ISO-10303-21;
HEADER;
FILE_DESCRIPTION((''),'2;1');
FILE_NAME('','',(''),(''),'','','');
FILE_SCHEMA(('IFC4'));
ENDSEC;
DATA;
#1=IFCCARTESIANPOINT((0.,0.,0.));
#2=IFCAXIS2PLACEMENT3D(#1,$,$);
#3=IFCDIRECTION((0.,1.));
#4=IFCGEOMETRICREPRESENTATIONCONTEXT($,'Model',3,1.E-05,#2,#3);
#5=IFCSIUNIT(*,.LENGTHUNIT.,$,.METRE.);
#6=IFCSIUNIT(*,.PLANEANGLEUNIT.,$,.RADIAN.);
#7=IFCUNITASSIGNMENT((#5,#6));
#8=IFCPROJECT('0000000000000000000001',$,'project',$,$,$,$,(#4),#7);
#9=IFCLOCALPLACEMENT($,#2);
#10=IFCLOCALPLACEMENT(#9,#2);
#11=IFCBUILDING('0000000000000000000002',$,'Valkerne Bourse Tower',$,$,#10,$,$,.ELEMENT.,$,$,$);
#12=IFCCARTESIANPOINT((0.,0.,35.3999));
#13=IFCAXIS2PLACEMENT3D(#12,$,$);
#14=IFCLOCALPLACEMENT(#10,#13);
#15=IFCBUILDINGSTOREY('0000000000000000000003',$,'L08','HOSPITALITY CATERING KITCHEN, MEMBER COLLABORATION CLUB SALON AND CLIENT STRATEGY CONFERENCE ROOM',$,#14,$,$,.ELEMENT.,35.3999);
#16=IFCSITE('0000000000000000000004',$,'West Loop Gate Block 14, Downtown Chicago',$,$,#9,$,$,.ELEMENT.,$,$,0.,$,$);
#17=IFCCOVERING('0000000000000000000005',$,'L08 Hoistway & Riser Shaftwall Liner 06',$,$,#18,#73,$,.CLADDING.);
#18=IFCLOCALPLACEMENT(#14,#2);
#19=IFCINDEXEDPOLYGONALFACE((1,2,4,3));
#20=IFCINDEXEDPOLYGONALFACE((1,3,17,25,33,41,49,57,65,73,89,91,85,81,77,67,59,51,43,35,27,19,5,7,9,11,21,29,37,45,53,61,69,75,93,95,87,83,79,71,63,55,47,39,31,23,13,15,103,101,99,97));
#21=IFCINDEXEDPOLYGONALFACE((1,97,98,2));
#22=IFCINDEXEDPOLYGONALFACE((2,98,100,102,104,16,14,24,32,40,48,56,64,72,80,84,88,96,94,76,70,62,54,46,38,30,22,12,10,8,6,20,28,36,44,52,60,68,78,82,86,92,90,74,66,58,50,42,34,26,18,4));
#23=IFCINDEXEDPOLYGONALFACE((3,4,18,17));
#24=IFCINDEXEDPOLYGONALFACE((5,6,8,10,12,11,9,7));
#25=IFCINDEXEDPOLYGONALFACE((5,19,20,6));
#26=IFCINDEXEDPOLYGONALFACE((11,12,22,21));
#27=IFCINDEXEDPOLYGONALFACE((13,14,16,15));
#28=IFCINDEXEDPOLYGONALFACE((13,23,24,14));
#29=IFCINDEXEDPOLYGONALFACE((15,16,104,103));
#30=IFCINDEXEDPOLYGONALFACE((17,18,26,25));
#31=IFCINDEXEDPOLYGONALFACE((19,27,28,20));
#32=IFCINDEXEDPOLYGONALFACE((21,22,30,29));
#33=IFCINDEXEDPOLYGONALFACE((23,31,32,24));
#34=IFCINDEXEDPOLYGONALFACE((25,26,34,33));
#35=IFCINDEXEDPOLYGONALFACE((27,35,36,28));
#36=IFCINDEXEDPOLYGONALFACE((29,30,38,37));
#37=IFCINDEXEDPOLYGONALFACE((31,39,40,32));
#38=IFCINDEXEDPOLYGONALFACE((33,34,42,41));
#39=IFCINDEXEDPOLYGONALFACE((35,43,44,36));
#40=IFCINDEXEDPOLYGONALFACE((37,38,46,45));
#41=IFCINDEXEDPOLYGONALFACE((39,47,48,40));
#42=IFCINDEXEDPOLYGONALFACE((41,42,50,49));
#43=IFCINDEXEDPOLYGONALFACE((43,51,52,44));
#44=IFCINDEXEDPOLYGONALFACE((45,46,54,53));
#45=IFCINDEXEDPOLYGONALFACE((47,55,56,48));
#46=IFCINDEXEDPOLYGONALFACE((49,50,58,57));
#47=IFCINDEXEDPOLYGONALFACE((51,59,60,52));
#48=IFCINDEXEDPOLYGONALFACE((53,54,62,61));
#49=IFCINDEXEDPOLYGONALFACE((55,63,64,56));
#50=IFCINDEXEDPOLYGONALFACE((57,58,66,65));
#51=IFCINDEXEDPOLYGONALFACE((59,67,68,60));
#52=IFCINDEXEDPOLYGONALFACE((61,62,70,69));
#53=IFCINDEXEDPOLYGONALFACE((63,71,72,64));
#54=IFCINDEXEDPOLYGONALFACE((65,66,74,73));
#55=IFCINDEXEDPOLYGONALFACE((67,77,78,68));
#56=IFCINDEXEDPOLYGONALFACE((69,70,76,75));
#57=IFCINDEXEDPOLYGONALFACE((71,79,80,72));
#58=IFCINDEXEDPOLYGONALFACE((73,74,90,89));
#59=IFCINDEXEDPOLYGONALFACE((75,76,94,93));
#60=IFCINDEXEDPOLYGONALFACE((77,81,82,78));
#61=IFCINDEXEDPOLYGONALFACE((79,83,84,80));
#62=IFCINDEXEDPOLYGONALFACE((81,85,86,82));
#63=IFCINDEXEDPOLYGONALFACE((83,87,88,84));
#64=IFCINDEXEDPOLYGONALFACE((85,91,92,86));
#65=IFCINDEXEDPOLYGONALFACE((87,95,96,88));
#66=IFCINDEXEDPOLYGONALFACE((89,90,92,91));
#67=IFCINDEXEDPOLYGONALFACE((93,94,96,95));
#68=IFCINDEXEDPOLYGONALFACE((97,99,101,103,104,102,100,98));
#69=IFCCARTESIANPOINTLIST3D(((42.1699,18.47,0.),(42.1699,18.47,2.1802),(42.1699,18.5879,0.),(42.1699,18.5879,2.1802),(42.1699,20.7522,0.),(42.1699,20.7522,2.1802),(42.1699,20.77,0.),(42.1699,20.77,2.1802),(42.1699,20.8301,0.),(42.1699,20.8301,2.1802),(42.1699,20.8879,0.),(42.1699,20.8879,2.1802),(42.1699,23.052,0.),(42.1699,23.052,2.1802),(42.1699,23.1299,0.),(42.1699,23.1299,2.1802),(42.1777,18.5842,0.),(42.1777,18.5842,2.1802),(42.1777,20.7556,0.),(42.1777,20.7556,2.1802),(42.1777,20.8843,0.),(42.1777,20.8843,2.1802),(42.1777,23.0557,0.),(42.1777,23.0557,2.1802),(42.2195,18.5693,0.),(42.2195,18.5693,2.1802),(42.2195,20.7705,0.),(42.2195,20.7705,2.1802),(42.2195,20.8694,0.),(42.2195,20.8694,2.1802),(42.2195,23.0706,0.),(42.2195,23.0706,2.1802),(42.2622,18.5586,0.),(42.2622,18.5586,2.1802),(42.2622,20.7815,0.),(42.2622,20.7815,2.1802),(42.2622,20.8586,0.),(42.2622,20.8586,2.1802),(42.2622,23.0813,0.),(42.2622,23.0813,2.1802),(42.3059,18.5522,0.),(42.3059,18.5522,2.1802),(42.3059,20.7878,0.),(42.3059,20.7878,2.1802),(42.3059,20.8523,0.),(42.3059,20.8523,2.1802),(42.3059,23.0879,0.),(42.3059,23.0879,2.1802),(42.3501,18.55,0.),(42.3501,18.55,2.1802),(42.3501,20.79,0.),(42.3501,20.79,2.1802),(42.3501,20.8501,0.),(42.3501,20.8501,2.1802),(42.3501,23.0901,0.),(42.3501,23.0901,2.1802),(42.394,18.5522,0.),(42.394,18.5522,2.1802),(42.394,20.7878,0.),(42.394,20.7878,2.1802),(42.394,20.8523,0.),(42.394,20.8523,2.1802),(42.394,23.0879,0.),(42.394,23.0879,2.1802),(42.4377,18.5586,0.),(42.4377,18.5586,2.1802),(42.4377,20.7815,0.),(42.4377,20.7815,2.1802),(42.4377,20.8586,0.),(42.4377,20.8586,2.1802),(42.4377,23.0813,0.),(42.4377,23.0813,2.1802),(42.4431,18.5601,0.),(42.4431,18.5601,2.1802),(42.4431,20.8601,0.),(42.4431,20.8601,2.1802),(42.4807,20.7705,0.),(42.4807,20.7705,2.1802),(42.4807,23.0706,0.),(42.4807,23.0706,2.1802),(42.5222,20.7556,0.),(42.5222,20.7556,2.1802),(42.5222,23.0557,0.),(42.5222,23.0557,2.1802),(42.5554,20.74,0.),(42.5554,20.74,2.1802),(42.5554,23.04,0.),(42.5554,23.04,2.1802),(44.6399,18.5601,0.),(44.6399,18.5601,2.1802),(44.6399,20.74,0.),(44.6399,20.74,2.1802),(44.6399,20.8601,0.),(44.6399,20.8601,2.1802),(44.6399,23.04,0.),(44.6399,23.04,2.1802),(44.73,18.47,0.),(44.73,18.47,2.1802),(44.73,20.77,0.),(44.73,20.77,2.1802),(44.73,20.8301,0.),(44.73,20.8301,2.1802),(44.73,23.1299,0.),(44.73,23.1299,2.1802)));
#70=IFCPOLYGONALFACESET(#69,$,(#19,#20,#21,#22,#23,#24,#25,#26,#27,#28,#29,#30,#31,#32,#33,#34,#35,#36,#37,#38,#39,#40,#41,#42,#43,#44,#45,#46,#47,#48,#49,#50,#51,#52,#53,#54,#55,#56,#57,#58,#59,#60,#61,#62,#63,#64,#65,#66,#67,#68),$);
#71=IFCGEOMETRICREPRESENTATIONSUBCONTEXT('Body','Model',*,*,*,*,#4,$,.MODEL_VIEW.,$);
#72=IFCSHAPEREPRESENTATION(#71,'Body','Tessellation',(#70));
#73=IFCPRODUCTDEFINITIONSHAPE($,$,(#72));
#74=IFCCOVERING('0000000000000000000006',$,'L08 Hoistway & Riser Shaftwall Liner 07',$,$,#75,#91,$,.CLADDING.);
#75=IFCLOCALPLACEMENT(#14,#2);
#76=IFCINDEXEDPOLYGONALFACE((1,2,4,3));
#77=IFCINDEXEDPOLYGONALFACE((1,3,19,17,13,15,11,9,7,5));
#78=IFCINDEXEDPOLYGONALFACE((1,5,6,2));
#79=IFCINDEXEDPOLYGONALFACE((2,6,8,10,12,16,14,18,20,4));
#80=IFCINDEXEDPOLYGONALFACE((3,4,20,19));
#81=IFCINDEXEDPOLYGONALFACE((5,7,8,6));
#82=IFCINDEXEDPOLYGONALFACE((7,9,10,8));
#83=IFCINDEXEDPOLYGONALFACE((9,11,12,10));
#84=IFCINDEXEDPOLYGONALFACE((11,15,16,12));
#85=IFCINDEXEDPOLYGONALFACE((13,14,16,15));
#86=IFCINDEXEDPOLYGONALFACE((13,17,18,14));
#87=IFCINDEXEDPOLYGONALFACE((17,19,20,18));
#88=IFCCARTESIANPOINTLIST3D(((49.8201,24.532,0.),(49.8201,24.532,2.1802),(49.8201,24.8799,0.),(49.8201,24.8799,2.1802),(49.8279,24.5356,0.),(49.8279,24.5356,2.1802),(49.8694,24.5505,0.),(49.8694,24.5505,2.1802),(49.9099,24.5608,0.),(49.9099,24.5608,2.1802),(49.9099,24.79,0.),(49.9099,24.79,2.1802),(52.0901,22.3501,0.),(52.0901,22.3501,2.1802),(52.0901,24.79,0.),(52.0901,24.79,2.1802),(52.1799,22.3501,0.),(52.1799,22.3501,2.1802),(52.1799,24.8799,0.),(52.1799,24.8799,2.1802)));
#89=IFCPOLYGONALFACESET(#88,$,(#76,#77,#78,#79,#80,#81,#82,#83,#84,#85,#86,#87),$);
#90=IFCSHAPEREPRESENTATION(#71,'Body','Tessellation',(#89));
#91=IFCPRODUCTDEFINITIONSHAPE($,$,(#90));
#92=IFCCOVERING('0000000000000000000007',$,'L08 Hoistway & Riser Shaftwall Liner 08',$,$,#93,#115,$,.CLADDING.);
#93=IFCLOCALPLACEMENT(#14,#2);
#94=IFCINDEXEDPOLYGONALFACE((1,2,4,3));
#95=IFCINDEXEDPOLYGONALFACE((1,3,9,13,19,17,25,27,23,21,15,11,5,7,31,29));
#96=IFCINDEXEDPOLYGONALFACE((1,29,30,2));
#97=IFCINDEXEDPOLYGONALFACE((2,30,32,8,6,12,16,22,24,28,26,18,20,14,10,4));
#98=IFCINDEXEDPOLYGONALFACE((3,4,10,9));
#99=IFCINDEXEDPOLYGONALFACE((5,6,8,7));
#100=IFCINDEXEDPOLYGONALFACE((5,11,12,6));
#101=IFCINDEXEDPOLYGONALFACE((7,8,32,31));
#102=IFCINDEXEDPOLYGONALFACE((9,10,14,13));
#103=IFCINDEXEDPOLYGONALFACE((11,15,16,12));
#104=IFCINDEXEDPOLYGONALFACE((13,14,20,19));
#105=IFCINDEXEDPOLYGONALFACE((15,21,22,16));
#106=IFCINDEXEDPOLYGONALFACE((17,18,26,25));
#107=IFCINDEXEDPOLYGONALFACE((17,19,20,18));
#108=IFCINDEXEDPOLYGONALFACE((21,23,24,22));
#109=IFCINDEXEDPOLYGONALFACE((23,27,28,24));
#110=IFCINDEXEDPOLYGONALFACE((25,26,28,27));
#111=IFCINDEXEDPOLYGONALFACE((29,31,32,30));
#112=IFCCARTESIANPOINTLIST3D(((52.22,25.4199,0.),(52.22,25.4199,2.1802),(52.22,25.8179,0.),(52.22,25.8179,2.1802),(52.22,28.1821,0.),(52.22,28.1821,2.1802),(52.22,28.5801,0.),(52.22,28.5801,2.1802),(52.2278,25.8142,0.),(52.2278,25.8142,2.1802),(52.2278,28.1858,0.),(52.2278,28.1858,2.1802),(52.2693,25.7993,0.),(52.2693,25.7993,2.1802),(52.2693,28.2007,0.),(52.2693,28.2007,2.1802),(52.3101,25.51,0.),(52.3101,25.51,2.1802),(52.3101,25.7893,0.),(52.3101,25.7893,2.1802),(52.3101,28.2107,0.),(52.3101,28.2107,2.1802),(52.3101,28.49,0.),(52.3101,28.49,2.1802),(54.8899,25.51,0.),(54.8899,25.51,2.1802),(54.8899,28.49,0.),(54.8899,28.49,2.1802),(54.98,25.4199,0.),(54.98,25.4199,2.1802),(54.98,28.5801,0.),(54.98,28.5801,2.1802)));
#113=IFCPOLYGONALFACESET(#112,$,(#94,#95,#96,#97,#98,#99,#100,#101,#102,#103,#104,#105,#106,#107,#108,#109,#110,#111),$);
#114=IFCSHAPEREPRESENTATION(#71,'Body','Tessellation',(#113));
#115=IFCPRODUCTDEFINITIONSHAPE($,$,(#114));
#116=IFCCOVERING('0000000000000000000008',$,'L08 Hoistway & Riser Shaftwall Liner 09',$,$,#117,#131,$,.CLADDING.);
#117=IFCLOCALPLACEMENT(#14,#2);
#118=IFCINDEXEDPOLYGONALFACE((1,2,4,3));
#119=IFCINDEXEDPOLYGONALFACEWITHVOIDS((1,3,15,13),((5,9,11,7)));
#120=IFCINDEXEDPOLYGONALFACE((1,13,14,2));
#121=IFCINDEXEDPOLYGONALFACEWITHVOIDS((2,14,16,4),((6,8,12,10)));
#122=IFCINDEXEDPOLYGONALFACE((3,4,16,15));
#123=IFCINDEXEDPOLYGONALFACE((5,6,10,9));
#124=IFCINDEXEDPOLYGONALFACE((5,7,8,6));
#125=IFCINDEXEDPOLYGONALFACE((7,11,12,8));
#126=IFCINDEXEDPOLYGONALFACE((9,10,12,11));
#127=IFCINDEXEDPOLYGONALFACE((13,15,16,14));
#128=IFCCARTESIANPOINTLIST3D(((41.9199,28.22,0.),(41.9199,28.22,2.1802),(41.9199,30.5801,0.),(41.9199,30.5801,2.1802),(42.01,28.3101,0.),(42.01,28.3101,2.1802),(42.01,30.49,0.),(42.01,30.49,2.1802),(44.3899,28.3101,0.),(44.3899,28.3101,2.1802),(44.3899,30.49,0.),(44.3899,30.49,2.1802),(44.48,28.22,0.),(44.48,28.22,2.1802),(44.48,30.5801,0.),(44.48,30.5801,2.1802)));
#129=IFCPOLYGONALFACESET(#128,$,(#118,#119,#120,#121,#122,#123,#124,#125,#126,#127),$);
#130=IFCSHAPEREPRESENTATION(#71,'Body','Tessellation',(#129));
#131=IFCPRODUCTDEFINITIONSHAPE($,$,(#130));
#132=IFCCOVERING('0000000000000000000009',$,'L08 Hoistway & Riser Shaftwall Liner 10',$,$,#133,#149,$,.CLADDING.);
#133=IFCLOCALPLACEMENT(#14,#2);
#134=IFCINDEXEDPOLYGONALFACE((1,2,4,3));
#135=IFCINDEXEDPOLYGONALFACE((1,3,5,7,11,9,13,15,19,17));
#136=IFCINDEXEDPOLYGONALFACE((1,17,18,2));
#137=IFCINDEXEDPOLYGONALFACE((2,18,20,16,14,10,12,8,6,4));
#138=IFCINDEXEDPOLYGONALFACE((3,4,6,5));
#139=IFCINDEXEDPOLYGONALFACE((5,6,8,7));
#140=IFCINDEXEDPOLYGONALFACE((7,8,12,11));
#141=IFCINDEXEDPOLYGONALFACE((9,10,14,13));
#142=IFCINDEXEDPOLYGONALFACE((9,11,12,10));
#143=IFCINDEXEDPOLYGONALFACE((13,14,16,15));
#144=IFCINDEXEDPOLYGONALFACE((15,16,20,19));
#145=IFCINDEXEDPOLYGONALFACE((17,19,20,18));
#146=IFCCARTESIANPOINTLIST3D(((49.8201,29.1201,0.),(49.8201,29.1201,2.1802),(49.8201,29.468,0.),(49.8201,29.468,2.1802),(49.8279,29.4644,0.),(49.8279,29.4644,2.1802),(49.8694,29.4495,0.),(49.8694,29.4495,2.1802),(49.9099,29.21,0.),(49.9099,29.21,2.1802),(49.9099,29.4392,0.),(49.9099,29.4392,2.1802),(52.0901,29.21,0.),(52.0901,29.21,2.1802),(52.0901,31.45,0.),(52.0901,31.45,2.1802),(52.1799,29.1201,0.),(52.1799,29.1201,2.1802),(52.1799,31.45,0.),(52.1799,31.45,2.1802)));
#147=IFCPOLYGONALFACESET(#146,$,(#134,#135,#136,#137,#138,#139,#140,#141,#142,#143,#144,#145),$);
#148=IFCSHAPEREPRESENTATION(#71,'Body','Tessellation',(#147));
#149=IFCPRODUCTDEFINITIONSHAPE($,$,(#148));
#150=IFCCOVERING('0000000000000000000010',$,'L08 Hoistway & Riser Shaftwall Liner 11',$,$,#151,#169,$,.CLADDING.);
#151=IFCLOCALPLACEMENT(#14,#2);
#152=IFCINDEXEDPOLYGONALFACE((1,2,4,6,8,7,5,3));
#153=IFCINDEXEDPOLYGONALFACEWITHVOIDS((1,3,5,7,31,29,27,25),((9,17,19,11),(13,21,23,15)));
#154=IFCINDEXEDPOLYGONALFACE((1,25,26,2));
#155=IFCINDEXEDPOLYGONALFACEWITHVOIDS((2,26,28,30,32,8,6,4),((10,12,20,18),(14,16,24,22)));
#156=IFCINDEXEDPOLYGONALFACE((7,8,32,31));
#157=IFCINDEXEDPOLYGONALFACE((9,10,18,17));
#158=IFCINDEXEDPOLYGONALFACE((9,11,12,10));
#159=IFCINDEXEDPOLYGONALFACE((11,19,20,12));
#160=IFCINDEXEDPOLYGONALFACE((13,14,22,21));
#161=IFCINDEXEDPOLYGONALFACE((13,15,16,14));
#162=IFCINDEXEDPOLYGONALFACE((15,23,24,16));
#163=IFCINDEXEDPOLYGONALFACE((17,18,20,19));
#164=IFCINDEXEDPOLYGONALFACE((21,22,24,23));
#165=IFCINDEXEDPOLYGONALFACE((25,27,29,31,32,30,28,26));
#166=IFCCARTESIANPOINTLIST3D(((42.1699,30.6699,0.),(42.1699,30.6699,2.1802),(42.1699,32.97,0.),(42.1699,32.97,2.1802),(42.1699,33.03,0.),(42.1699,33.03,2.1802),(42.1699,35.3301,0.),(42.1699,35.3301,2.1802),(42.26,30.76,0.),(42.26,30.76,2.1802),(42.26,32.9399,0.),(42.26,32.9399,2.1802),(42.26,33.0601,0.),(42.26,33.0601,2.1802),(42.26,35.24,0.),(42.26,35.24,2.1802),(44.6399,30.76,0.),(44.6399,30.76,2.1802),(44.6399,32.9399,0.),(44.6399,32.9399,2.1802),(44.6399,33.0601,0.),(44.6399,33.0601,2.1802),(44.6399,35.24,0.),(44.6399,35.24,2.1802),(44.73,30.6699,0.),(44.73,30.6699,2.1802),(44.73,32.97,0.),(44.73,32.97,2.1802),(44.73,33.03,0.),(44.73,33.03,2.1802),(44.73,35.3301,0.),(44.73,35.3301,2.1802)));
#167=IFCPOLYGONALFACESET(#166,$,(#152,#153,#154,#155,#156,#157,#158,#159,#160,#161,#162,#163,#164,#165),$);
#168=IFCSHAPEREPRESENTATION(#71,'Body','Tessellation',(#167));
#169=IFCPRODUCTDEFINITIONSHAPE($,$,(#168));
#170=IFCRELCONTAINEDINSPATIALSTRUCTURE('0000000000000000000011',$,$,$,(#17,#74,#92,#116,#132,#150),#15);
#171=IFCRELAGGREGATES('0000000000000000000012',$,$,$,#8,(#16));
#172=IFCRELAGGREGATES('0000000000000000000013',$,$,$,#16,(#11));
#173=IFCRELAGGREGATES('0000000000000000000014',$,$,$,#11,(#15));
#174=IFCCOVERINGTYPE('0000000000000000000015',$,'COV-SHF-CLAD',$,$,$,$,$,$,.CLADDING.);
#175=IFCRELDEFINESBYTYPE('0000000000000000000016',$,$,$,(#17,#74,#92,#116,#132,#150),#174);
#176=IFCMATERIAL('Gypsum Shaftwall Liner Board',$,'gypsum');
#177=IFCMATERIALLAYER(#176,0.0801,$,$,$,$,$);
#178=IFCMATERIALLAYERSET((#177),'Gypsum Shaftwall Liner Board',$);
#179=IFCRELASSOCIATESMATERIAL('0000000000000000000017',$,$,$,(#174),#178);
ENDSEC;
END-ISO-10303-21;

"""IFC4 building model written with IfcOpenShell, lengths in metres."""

from ifc_helpers import new_model, si_unit, direction, frame, origin, place, context, subcontext, project, spatial, polyline, outline, extrude, material, layer, layer_set, type_object, element, save


model = new_model("IFC4")

# Units and contexts
model_context = context("Model", 3, precision=1e-05, world=origin(), true_north=direction((0.0, 1.0)))
body_context = subcontext(model_context, "Body", "Model", "MODEL_VIEW")
ifc_project = project(units=[si_unit("LENGTHUNIT", "METRE"), si_unit("PLANEANGLEUNIT", "RADIAN")], contexts=[model_context])

# Site, building, storey
site_placement = place(None, origin())
site = spatial("IfcSite", under=ifc_project, at=site_placement, Name="West Loop Gate Block 14, Downtown Chicago", CompositionType="ELEMENT", RefElevation=0.0)
building_placement = place(site_placement, origin())
building = spatial("IfcBuilding", under=site, at=building_placement, Name="Valkerne Bourse Tower", CompositionType="ELEMENT")
storey_placement = place(building_placement, frame((0.0, 0.0, 35.3999)))
storey = spatial("IfcBuildingStorey", under=building, at=storey_placement, Name="L08", Description="HOSPITALITY CATERING KITCHEN, MEMBER COLLABORATION CLUB SALON AND CLIENT STRATEGY CONFERENCE ROOM", CompositionType="ELEMENT", Elevation=35.3999)

# Coverings
ifc_material_1 = material(Name="Gypsum Shaftwall Liner Board", Category="gypsum")
ifc_layer_1 = layer(ifc_material_1, 0.0801)
ifc_layer_set_1 = layer_set([ifc_layer_1], Name="Gypsum Shaftwall Liner Board")
covering_type_1 = type_object("IfcCoveringType", Name="COV-SHF-CLAD", PredefinedType="CLADDING", material=ifc_layer_set_1)
covering_1_placement = place(storey_placement, origin())
element("IfcCovering", 1, at=covering_1_placement, inside=storey, type_object=covering_type_1, Name="L08 Hoistway & Riser Shaftwall Liner 06", PredefinedType="CLADDING", context=body_context, shape_type="SweptSolid", body=[
    extrude(outline(polyline([(42.1699, 20.8301), (42.1699, 20.8879), (42.1777, 20.8843), (42.2195, 20.8694), (42.2622, 20.8586), (42.3059, 20.8523), (42.3501, 20.8501), (42.394, 20.8523), (42.4377, 20.8586), (42.4431, 20.8601), (44.6399, 20.8601), (44.6399, 23.04), (42.5554, 23.04), (42.5222, 23.0557), (42.4807, 23.0706), (42.4377, 23.0813), (42.394, 23.0879), (42.3501, 23.0901), (42.3059, 23.0879), (42.2622, 23.0813), (42.2195, 23.0706), (42.1777, 23.0557), (42.1699, 23.052), (42.1699, 23.1299), (44.73, 23.1299), (44.73, 20.8301), (44.73, 20.77), (44.73, 18.47), (42.1699, 18.47), (42.1699, 18.5879), (42.1777, 18.5842), (42.2195, 18.5693), (42.2622, 18.5586), (42.3059, 18.5522), (42.3501, 18.55), (42.394, 18.5522), (42.4377, 18.5586), (42.4431, 18.5601), (44.6399, 18.5601), (44.6399, 20.74), (42.5554, 20.74), (42.5222, 20.7556), (42.4807, 20.7705), (42.4377, 20.7815), (42.394, 20.7878), (42.3501, 20.79), (42.3059, 20.7878), (42.2622, 20.7815), (42.2195, 20.7705), (42.1777, 20.7556), (42.1699, 20.7522), (42.1699, 20.77), (42.1699, 20.8301)])), origin(), (0.0, 0.0, 1.0), 2.1802),
])
covering_2_placement = place(storey_placement, origin())
element("IfcCovering", 2, at=covering_2_placement, inside=storey, type_object=covering_type_1, Name="L08 Hoistway & Riser Shaftwall Liner 07", PredefinedType="CLADDING", context=body_context, shape_type="SweptSolid", body=[
    extrude(outline(polyline([(52.1799, 22.3501), (52.0901, 22.3501), (52.0901, 24.79), (49.9099, 24.79), (49.9099, 24.5608), (49.8694, 24.5505), (49.8279, 24.5356), (49.8201, 24.532), (49.8201, 24.8799), (52.1799, 24.8799), (52.1799, 22.3501)])), origin(), (0.0, 0.0, 1.0), 2.1802),
])
covering_3_placement = place(storey_placement, origin())
element("IfcCovering", 3, at=covering_3_placement, inside=storey, type_object=covering_type_1, Name="L08 Hoistway & Riser Shaftwall Liner 08", PredefinedType="CLADDING", context=body_context, shape_type="SweptSolid", body=[
    extrude(outline(polyline([(54.98, 25.4199), (52.22, 25.4199), (52.22, 25.8179), (52.2278, 25.8142), (52.2693, 25.7993), (52.3101, 25.7893), (52.3101, 25.51), (54.8899, 25.51), (54.8899, 28.49), (52.3101, 28.49), (52.3101, 28.2107), (52.2693, 28.2007), (52.2278, 28.1858), (52.22, 28.1821), (52.22, 28.5801), (54.98, 28.5801), (54.98, 25.4199)])), origin(), (0.0, 0.0, 1.0), 2.1802),
])
covering_4_placement = place(storey_placement, origin())
element("IfcCovering", 4, at=covering_4_placement, inside=storey, type_object=covering_type_1, Name="L08 Hoistway & Riser Shaftwall Liner 09", PredefinedType="CLADDING", context=body_context, shape_type="SweptSolid", body=[
    extrude(outline(polyline([(44.48, 28.22), (41.9199, 28.22), (41.9199, 30.5801), (44.48, 30.5801), (44.48, 28.22)]), holes=[polyline([(42.01, 30.49), (42.01, 28.3101), (44.3899, 28.3101), (44.3899, 30.49), (42.01, 30.49)])]), origin(), (0.0, 0.0, 1.0), 2.1802),
])
covering_5_placement = place(storey_placement, origin())
element("IfcCovering", 5, at=covering_5_placement, inside=storey, type_object=covering_type_1, Name="L08 Hoistway & Riser Shaftwall Liner 10", PredefinedType="CLADDING", context=body_context, shape_type="SweptSolid", body=[
    extrude(outline(polyline([(49.8201, 29.1201), (49.8201, 29.468), (49.8279, 29.4644), (49.8694, 29.4495), (49.9099, 29.4392), (49.9099, 29.21), (52.0901, 29.21), (52.0901, 31.45), (52.1799, 31.45), (52.1799, 29.1201), (49.8201, 29.1201)])), origin(), (0.0, 0.0, 1.0), 2.1802),
])
covering_6_placement = place(storey_placement, origin())
element("IfcCovering", 6, at=covering_6_placement, inside=storey, type_object=covering_type_1, Name="L08 Hoistway & Riser Shaftwall Liner 11", PredefinedType="CLADDING", context=body_context, shape_type="SweptSolid", body=[
    extrude(outline(polyline([(44.73, 35.3301), (44.73, 33.03), (44.73, 32.97), (44.73, 30.6699), (42.1699, 30.6699), (42.1699, 32.97), (42.1699, 33.03), (42.1699, 35.3301), (44.73, 35.3301)]), holes=[polyline([(42.26, 30.76), (44.6399, 30.76), (44.6399, 32.9399), (42.26, 32.9399), (42.26, 30.76)]), polyline([(42.26, 33.0601), (44.6399, 33.0601), (44.6399, 35.24), (42.26, 35.24), (42.26, 33.0601)])]), origin(), (0.0, 0.0, 1.0), 2.1802),
])

save(model, "model.ifc")
